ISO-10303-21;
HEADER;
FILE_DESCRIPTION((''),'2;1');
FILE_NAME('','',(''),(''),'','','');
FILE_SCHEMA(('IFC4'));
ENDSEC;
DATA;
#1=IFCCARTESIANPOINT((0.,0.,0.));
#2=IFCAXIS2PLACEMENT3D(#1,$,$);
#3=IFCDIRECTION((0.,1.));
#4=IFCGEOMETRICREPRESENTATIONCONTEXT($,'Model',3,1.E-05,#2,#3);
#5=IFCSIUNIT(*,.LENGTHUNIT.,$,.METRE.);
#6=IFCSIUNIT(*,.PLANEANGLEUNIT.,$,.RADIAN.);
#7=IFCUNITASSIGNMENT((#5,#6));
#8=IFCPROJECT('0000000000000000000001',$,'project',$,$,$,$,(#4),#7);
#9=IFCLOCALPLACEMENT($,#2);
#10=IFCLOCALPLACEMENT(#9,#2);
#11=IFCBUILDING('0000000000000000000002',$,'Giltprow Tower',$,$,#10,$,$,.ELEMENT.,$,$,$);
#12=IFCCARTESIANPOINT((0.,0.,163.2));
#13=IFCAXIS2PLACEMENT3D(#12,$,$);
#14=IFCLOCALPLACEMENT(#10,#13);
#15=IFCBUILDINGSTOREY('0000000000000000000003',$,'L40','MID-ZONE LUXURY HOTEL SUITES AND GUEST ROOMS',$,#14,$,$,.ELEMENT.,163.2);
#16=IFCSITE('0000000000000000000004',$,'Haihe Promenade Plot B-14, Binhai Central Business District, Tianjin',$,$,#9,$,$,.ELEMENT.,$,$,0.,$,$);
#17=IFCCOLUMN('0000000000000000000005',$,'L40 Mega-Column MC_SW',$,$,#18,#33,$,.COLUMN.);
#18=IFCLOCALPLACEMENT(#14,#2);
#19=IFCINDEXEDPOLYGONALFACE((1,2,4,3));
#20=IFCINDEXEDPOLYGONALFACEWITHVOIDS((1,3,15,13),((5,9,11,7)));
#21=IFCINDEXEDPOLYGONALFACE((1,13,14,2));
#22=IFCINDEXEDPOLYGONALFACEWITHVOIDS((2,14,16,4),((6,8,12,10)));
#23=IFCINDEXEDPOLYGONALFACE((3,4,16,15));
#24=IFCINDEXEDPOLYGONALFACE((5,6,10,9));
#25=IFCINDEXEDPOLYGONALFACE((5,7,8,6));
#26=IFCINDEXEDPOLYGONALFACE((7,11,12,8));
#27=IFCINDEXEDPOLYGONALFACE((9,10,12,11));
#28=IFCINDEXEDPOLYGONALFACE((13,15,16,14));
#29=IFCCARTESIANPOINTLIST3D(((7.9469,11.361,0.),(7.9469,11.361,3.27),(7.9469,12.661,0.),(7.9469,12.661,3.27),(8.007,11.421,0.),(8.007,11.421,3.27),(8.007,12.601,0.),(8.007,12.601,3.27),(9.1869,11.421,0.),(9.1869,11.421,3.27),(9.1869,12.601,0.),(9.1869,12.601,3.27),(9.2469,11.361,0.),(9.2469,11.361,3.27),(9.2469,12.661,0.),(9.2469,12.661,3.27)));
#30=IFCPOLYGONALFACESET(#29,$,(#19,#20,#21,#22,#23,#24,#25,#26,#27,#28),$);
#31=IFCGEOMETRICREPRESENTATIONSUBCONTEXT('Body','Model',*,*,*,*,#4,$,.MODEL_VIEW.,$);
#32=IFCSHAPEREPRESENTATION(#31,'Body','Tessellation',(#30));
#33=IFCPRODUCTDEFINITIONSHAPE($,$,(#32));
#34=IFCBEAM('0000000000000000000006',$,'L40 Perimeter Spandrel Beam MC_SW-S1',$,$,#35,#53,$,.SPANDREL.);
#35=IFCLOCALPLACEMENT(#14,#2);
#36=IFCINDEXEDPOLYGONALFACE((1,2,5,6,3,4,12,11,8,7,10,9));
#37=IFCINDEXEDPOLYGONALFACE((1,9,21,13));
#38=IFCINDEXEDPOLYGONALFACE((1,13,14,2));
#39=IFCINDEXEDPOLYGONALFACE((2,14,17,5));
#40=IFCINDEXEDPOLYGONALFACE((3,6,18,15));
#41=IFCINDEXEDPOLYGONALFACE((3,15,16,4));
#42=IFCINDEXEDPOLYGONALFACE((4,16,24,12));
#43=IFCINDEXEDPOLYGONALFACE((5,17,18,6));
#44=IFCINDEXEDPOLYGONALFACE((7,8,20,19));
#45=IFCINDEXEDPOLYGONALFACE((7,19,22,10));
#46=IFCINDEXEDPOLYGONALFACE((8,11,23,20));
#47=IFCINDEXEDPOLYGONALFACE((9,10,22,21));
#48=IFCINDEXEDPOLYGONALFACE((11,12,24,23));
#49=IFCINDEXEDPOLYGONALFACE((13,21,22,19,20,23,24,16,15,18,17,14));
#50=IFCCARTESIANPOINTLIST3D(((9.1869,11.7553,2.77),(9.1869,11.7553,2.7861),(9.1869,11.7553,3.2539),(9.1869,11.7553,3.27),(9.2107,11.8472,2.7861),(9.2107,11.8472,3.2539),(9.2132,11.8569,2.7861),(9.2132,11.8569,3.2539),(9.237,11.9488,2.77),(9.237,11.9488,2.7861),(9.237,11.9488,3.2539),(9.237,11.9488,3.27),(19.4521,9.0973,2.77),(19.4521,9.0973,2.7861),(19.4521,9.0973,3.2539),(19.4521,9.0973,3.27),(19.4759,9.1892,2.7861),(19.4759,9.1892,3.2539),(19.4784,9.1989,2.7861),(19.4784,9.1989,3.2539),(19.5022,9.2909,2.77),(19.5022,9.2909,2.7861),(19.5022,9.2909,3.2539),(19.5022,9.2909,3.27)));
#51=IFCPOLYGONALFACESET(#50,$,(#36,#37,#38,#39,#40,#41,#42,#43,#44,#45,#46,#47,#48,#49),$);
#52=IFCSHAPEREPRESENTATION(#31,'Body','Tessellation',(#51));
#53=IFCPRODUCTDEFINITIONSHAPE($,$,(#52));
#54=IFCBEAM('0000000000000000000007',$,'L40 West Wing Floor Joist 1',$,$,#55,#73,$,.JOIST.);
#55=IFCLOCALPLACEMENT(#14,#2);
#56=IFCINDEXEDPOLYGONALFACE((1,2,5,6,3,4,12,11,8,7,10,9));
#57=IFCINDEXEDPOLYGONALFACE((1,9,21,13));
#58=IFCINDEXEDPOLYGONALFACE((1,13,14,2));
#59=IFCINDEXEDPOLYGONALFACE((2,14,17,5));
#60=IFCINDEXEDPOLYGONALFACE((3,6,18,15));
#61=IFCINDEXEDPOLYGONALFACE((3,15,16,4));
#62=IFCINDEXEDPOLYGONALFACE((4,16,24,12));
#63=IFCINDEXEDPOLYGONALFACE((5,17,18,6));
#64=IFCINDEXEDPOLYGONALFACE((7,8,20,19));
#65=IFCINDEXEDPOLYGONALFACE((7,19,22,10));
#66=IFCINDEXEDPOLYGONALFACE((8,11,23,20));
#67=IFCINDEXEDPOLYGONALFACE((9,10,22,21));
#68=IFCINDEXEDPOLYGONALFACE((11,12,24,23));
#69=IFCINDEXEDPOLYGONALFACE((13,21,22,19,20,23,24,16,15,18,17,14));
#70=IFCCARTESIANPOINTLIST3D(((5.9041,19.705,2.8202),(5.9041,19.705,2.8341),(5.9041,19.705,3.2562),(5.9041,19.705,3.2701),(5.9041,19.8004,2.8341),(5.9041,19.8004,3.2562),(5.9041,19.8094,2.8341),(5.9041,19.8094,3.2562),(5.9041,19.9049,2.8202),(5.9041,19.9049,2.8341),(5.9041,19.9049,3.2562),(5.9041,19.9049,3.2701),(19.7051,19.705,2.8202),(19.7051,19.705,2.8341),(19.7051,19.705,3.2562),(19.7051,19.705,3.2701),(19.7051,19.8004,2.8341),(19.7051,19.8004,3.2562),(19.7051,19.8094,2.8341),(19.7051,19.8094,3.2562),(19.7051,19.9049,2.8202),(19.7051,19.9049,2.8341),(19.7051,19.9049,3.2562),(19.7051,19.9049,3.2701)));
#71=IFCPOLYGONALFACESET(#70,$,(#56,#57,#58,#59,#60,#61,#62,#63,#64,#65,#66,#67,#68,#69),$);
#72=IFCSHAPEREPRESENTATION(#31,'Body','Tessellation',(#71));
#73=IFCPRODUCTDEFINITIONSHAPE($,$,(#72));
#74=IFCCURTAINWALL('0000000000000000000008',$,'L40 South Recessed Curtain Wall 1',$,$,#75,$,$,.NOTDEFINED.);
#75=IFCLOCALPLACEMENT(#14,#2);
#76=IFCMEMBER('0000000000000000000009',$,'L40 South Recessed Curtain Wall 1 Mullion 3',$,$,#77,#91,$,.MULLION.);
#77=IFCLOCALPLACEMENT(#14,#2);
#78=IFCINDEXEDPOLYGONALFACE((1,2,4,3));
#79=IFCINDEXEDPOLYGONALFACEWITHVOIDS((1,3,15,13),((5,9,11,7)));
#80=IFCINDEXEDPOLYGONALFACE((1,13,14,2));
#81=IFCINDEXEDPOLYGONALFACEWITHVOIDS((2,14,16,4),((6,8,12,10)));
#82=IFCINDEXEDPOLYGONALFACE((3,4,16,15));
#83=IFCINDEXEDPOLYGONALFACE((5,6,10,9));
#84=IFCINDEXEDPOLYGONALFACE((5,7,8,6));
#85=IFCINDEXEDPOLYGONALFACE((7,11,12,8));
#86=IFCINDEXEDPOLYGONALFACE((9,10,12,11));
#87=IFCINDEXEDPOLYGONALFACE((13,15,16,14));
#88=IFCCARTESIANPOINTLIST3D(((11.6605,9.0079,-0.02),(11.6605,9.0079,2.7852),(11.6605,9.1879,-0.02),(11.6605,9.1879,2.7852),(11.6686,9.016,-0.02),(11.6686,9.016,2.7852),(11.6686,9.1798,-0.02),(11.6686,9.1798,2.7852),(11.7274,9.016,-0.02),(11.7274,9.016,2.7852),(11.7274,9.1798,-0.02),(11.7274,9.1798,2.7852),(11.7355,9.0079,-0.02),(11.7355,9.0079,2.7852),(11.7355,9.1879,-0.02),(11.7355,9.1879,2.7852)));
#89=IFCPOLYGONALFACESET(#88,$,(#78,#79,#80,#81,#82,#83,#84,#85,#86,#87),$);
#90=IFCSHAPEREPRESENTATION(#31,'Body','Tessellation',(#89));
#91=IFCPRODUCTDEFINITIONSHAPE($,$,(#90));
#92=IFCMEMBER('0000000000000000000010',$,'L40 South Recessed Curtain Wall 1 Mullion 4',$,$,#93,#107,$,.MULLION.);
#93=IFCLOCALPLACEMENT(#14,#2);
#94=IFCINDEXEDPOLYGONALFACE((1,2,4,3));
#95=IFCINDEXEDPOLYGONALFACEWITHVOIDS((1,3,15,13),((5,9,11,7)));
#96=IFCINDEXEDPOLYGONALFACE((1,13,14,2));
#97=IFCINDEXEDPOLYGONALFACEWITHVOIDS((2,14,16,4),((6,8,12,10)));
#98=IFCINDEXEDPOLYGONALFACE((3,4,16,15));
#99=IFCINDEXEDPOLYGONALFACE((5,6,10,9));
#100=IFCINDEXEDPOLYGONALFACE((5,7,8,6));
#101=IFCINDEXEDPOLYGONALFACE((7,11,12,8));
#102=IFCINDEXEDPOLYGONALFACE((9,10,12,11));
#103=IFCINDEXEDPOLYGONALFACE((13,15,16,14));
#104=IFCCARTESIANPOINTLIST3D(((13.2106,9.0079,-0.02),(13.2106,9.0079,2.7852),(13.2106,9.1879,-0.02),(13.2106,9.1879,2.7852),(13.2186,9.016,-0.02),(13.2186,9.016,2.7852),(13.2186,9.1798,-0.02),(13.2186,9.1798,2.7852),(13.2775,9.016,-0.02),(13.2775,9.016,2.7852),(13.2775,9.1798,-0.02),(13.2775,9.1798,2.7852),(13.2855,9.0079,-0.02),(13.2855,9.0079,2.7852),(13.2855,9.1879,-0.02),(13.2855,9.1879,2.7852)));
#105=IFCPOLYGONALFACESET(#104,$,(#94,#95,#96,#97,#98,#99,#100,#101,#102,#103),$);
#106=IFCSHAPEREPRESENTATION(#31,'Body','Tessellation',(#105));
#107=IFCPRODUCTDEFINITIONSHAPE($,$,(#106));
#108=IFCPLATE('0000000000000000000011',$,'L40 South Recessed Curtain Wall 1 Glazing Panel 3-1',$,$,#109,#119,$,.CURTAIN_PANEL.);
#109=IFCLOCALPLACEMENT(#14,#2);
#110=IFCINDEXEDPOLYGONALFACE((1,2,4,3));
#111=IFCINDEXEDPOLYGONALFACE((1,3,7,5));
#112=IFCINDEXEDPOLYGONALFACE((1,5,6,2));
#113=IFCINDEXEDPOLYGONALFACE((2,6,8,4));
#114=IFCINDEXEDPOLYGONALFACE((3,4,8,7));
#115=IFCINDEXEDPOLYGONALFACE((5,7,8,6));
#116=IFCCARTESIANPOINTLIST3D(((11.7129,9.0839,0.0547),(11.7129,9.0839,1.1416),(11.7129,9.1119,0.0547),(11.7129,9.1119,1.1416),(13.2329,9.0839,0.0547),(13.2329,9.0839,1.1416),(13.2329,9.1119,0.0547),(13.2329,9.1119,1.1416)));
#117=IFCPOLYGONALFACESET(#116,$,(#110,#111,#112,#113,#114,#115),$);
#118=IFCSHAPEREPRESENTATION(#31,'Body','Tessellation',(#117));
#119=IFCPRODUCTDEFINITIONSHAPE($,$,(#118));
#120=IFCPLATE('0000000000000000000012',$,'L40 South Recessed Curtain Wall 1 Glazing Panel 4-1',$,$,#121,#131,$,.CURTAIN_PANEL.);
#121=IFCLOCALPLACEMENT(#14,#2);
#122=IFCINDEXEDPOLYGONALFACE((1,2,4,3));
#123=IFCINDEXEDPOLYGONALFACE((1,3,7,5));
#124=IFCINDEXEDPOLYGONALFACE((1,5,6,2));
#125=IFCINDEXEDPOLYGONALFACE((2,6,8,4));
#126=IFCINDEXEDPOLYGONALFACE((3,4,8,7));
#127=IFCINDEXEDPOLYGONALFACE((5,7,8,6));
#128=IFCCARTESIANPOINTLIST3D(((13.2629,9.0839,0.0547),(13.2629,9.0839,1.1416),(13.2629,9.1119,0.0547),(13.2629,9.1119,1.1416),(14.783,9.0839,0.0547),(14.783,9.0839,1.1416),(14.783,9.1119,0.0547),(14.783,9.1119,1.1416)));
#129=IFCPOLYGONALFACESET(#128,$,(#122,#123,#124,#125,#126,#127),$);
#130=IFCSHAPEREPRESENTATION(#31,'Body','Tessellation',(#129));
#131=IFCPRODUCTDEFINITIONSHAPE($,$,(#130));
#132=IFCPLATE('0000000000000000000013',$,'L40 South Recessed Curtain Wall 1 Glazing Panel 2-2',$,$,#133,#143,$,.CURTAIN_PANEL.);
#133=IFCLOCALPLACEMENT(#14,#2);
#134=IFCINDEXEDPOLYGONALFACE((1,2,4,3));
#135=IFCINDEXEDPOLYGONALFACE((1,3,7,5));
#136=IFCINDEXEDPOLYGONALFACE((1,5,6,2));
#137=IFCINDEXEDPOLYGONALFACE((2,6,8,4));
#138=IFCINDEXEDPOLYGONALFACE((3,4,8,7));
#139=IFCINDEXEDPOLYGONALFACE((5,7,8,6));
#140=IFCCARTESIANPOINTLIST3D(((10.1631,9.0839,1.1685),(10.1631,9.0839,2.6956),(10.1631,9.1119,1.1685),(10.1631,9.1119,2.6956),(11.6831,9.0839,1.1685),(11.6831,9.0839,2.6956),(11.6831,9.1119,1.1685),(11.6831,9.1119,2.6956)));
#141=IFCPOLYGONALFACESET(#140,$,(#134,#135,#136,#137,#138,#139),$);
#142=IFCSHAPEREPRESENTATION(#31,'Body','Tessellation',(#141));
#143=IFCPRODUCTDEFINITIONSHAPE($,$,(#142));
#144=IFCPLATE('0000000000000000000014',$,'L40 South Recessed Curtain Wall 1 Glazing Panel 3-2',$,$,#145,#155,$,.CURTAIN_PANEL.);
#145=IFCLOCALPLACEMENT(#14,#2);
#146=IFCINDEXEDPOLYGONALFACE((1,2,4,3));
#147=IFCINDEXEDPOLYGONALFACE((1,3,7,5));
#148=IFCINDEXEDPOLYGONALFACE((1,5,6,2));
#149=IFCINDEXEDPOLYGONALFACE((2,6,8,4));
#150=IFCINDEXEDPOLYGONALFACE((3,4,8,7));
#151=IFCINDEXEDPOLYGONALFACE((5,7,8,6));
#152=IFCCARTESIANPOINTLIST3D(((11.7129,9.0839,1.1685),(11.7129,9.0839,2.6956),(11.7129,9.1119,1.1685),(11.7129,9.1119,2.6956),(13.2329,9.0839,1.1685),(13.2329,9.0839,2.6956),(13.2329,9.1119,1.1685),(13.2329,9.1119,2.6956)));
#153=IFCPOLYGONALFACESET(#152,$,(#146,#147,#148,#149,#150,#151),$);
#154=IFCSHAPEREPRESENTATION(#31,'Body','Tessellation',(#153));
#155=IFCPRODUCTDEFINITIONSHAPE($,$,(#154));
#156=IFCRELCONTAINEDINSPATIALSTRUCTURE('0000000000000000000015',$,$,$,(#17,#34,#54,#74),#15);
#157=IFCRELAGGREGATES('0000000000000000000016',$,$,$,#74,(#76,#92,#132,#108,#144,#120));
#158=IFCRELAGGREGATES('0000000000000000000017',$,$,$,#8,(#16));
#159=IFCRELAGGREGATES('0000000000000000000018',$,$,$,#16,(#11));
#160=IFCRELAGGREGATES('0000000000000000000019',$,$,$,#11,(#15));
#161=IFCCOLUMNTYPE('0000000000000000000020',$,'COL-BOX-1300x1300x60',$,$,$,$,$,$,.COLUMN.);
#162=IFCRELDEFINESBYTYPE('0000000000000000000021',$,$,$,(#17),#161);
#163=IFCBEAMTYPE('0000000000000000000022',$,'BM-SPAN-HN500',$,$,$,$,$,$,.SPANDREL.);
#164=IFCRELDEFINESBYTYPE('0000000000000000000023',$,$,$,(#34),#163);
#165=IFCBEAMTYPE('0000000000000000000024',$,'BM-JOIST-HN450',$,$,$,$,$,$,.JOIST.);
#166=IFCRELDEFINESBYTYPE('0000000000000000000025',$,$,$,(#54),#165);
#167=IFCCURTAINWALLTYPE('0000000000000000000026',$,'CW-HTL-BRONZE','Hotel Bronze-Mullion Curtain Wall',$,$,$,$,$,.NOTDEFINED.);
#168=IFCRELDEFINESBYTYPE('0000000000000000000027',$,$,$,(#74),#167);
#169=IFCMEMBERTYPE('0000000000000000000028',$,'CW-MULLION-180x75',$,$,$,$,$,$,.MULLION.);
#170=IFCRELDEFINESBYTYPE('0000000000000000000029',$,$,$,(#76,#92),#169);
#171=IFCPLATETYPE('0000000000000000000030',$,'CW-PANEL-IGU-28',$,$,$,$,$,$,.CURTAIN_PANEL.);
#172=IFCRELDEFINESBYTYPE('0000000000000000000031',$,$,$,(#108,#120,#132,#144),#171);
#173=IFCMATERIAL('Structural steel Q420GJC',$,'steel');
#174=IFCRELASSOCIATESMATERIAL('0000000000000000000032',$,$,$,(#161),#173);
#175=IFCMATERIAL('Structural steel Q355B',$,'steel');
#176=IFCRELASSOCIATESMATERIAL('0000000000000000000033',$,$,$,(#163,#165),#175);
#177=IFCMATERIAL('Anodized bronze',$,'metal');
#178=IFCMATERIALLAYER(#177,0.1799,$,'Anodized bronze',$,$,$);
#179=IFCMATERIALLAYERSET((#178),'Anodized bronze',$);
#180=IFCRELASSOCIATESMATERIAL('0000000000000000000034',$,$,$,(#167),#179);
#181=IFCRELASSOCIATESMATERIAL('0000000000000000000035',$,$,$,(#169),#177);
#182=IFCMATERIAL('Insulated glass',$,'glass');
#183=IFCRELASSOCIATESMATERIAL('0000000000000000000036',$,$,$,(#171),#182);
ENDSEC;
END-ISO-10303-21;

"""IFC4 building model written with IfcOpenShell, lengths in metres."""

from ifc_helpers import new_model, si_unit, direction, frame, origin, origin_2d, place, context, subcontext, project, spatial, rectangle, hollow_rectangle, i_section, extrude, source, transform, mapped, material, layer, layer_set, material_profile, profile_set, type_object, element, aggregate, save


model = new_model("IFC4")

# Units and contexts
model_context = context("Model", 3, precision=1e-05, world=origin(), true_north=direction((0.0, 1.0)))
body_context = subcontext(model_context, "Body", "Model", "MODEL_VIEW")
ifc_project = project(units=[si_unit("LENGTHUNIT", "METRE"), si_unit("PLANEANGLEUNIT", "RADIAN")], contexts=[model_context])

# Site, building, storey
site_placement = place(None, origin())
site = spatial("IfcSite", under=ifc_project, at=site_placement, Name="Haihe Promenade Plot B-14, Binhai Central Business District, Tianjin", CompositionType="ELEMENT", RefElevation=0.0)
building_placement = place(site_placement, origin())
building = spatial("IfcBuilding", under=site, at=building_placement, Name="Giltprow Tower", CompositionType="ELEMENT")
storey_placement = place(building_placement, frame((0.0, 0.0, 163.2)))
storey = spatial("IfcBuildingStorey", under=building, at=storey_placement, Name="L40", Description="MID-ZONE LUXURY HOTEL SUITES AND GUEST ROOMS", CompositionType="ELEMENT", Elevation=163.2)

# Column
ifc_material_1 = material(Name="Structural steel Q420GJC", Category="steel")
ifc_material_profile_1 = material_profile(ifc_material_1, hollow_rectangle(XDim=1.3, YDim=1.3, WallThickness=0.0601, at=origin_2d()), Name="BOX 1300x1300x60")
ifc_profile_set_1 = profile_set([ifc_material_profile_1], Name="Structural steel Q420GJC")
column_type = type_object("IfcColumnType", Name="COL-BOX-1300x1300x60", PredefinedType="COLUMN", material=ifc_profile_set_1)
shared_shape_1 = source(origin(), body_context, "Body", "SweptSolid", [
    extrude(hollow_rectangle(XDim=1.3, YDim=1.3, WallThickness=0.0601, at=origin_2d()), origin(), (0.0, 0.0, 1.0), 3.27),
])
column_placement = place(storey_placement, frame((8.5969, 12.011, 0.0), z_axis=(0.0, 0.0, 1.0), x_axis=(1.0, 0.0, 0.0)))
element("IfcColumn", 1, at=column_placement, inside=storey, type_object=column_type, Name="L40 Mega-Column MC_SW", PredefinedType="COLUMN", context=body_context, shape_type="MappedRepresentation", body=[
    mapped(shared_shape_1, transform((0.0, 0.0, 0.0), x_axis=(1.0, 0.0, 0.0), y_axis=(0.0, 1.0, 0.0), z_axis=(0.0, 0.0, 1.0), scale=1.0)),
])

# Beams
ifc_material_2 = material(Name="Structural steel Q355B", Category="steel")
ifc_material_profile_2 = material_profile(ifc_material_2, i_section(OverallWidth=0.2, OverallDepth=0.5, WebThickness=0.01, FlangeThickness=0.0161, at=origin_2d()), Name="HN 500x200x10x16")
ifc_profile_set_2 = profile_set([ifc_material_profile_2], Name="Structural steel Q355B")
beam_type_1 = type_object("IfcBeamType", Name="BM-SPAN-HN500", PredefinedType="SPANDREL", material=ifc_profile_set_2)
shared_shape_2 = source(origin(), body_context, "Body", "SweptSolid", [
    extrude(i_section(OverallWidth=0.2, OverallDepth=0.5, WebThickness=0.01, FlangeThickness=0.0161, at=origin_2d()), origin(), (0.0, 0.0, 1.0), 10.6038),
])
beam_1_placement = place(storey_placement, frame((9.2119, 11.8521, 3.02), z_axis=(0.968074, -0.250664, 0.0), x_axis=(0.250664, 0.968074, 0.0)))
element("IfcBeam", 2, at=beam_1_placement, inside=storey, type_object=beam_type_1, Name="L40 Perimeter Spandrel Beam MC_SW-S1", PredefinedType="SPANDREL", context=body_context, shape_type="MappedRepresentation", body=[
    mapped(shared_shape_2, transform((0.0, 0.0, 0.0), x_axis=(1.0, 0.0, 0.0), y_axis=(0.0, 1.0, 0.0), z_axis=(0.0, 0.0, 1.0), scale=1.0)),
])
ifc_material_profile_3 = material_profile(ifc_material_2, i_section(OverallWidth=0.2, OverallDepth=0.45, WebThickness=0.009, FlangeThickness=0.0139, at=origin_2d()), Name="HN 450x200x9x14")
ifc_profile_set_3 = profile_set([ifc_material_profile_3], Name="Structural steel Q355B")
beam_type_2 = type_object("IfcBeamType", Name="BM-JOIST-HN450", PredefinedType="JOIST", material=ifc_profile_set_3)
shared_shape_3 = source(origin(), body_context, "Body", "SweptSolid", [
    extrude(i_section(OverallWidth=0.2, OverallDepth=0.45, WebThickness=0.009, FlangeThickness=0.0139, at=origin_2d()), origin(), (0.0, 0.0, 1.0), 13.801),
])
beam_2_placement = place(storey_placement, frame((5.9041, 19.8049, 3.0452), z_axis=(1.0, 0.0, 0.0), x_axis=(0.0, 1.0, 0.0)))
element("IfcBeam", 3, at=beam_2_placement, inside=storey, type_object=beam_type_2, Name="L40 West Wing Floor Joist 1", PredefinedType="JOIST", context=body_context, shape_type="MappedRepresentation", body=[
    mapped(shared_shape_3, transform((0.0, 0.0, 0.0), x_axis=(1.0, 0.0, 0.0), y_axis=(0.0, 1.0, 0.0), z_axis=(0.0, 0.0, 1.0), scale=1.0)),
])

# Curtain wall, members, plates
ifc_material_3 = material(Name="Anodized bronze", Category="metal")
ifc_layer_1 = layer(ifc_material_3, 0.1799, Name="Anodized bronze")
ifc_layer_set_1 = layer_set([ifc_layer_1], Name="Anodized bronze")
curtain_wall_type = type_object("IfcCurtainWallType", Name="CW-HTL-BRONZE", Description="Hotel Bronze-Mullion Curtain Wall", PredefinedType="NOTDEFINED", material=ifc_layer_set_1)
curtain_wall_placement = place(storey_placement, origin())
curtain_wall = element("IfcCurtainWall", 4, at=curtain_wall_placement, inside=storey, type_object=curtain_wall_type, Name="L40 South Recessed Curtain Wall 1", PredefinedType="NOTDEFINED")
ifc_material_profile_4 = material_profile(ifc_material_3, hollow_rectangle(XDim=0.075, YDim=0.1799, WallThickness=0.0081, at=origin_2d()), Name="RHS 180x75x8")
ifc_profile_set_4 = profile_set([ifc_material_profile_4], Name="Anodized bronze")
member_type = type_object("IfcMemberType", Name="CW-MULLION-180x75", PredefinedType="MULLION", material=ifc_profile_set_4)
shared_shape_4 = source(origin(), body_context, "Body", "SweptSolid", [
    extrude(hollow_rectangle(XDim=0.075, YDim=0.1799, WallThickness=0.0081, at=origin_2d()), origin(), (0.0, 0.0, 1.0), 2.8052),
])
member_1_placement = place(storey_placement, frame((11.698, 9.0979, -0.02), z_axis=(0.0, 0.0, 1.0), x_axis=(1.0, 0.0, 0.0)))
member_1 = element("IfcMember", 5, at=member_1_placement, type_object=member_type, Name="L40 South Recessed Curtain Wall 1 Mullion 3", PredefinedType="MULLION", context=body_context, shape_type="MappedRepresentation", body=[
    mapped(shared_shape_4, transform((0.0, 0.0, 0.0), x_axis=(1.0, 0.0, 0.0), y_axis=(0.0, 1.0, 0.0), z_axis=(0.0, 0.0, 1.0), scale=1.0)),
])
member_2_placement = place(storey_placement, frame((13.248, 9.0979, -0.02), z_axis=(0.0, 0.0, 1.0), x_axis=(1.0, 0.0, 0.0)))
member_2 = element("IfcMember", 6, at=member_2_placement, type_object=member_type, Name="L40 South Recessed Curtain Wall 1 Mullion 4", PredefinedType="MULLION", context=body_context, shape_type="MappedRepresentation", body=[
    mapped(shared_shape_4, transform((0.0, 0.0, 0.0), x_axis=(1.0, 0.0, 0.0), y_axis=(0.0, 1.0, 0.0), z_axis=(0.0, 0.0, 1.0), scale=1.0)),
])
ifc_material_4 = material(Name="Insulated glass", Category="glass")
plate_type = type_object("IfcPlateType", Name="CW-PANEL-IGU-28", PredefinedType="CURTAIN_PANEL", material=ifc_material_4)
shared_shape_5 = source(origin(), body_context, "Body", "SweptSolid", [
    extrude(rectangle(XDim=1.52, YDim=0.0281, at=origin_2d()), origin(), (0.0, 0.0, 1.0), 1.0869),
])
plate_1_placement = place(storey_placement, frame((12.4729, 9.0979, 0.0547), z_axis=(0.0, 0.0, 1.0), x_axis=(1.0, 0.0, 0.0)))
plate_1 = element("IfcPlate", 7, at=plate_1_placement, type_object=plate_type, Name="L40 South Recessed Curtain Wall 1 Glazing Panel 3-1", PredefinedType="CURTAIN_PANEL", context=body_context, shape_type="MappedRepresentation", body=[
    mapped(shared_shape_5, transform((0.0, 0.0, 0.0), x_axis=(1.0, 0.0, 0.0), y_axis=(0.0, 1.0, 0.0), z_axis=(0.0, 0.0, 1.0), scale=1.0)),
])
plate_2_placement = place(storey_placement, frame((14.0229, 9.0979, 0.0547), z_axis=(0.0, 0.0, 1.0), x_axis=(1.0, 0.0, 0.0)))
plate_2 = element("IfcPlate", 8, at=plate_2_placement, type_object=plate_type, Name="L40 South Recessed Curtain Wall 1 Glazing Panel 4-1", PredefinedType="CURTAIN_PANEL", context=body_context, shape_type="MappedRepresentation", body=[
    mapped(shared_shape_5, transform((0.0, 0.0, 0.0), x_axis=(1.0, 0.0, 0.0), y_axis=(0.0, 1.0, 0.0), z_axis=(0.0, 0.0, 1.0), scale=1.0)),
])
shared_shape_6 = source(origin(), body_context, "Body", "SweptSolid", [
    extrude(rectangle(XDim=1.52, YDim=0.0281, at=origin_2d()), origin(), (0.0, 0.0, 1.0), 1.5271),
])
plate_3_placement = place(storey_placement, frame((10.9231, 9.0979, 1.1685), z_axis=(0.0, 0.0, 1.0), x_axis=(1.0, 0.0, 0.0)))
plate_3 = element("IfcPlate", 9, at=plate_3_placement, type_object=plate_type, Name="L40 South Recessed Curtain Wall 1 Glazing Panel 2-2", PredefinedType="CURTAIN_PANEL", context=body_context, shape_type="MappedRepresentation", body=[
    mapped(shared_shape_6, transform((0.0, 0.0, 0.0), x_axis=(1.0, 0.0, 0.0), y_axis=(0.0, 1.0, 0.0), z_axis=(0.0, 0.0, 1.0), scale=1.0)),
])
plate_4_placement = place(storey_placement, frame((12.4729, 9.0979, 1.1685), z_axis=(0.0, 0.0, 1.0), x_axis=(1.0, 0.0, 0.0)))
plate_4 = element("IfcPlate", 10, at=plate_4_placement, type_object=plate_type, Name="L40 South Recessed Curtain Wall 1 Glazing Panel 3-2", PredefinedType="CURTAIN_PANEL", context=body_context, shape_type="MappedRepresentation", body=[
    mapped(shared_shape_6, transform((0.0, 0.0, 0.0), x_axis=(1.0, 0.0, 0.0), y_axis=(0.0, 1.0, 0.0), z_axis=(0.0, 0.0, 1.0), scale=1.0)),
])
aggregate(curtain_wall, [member_1, member_2, plate_3, plate_1, plate_4, plate_2])

save(model, "model.ifc")
